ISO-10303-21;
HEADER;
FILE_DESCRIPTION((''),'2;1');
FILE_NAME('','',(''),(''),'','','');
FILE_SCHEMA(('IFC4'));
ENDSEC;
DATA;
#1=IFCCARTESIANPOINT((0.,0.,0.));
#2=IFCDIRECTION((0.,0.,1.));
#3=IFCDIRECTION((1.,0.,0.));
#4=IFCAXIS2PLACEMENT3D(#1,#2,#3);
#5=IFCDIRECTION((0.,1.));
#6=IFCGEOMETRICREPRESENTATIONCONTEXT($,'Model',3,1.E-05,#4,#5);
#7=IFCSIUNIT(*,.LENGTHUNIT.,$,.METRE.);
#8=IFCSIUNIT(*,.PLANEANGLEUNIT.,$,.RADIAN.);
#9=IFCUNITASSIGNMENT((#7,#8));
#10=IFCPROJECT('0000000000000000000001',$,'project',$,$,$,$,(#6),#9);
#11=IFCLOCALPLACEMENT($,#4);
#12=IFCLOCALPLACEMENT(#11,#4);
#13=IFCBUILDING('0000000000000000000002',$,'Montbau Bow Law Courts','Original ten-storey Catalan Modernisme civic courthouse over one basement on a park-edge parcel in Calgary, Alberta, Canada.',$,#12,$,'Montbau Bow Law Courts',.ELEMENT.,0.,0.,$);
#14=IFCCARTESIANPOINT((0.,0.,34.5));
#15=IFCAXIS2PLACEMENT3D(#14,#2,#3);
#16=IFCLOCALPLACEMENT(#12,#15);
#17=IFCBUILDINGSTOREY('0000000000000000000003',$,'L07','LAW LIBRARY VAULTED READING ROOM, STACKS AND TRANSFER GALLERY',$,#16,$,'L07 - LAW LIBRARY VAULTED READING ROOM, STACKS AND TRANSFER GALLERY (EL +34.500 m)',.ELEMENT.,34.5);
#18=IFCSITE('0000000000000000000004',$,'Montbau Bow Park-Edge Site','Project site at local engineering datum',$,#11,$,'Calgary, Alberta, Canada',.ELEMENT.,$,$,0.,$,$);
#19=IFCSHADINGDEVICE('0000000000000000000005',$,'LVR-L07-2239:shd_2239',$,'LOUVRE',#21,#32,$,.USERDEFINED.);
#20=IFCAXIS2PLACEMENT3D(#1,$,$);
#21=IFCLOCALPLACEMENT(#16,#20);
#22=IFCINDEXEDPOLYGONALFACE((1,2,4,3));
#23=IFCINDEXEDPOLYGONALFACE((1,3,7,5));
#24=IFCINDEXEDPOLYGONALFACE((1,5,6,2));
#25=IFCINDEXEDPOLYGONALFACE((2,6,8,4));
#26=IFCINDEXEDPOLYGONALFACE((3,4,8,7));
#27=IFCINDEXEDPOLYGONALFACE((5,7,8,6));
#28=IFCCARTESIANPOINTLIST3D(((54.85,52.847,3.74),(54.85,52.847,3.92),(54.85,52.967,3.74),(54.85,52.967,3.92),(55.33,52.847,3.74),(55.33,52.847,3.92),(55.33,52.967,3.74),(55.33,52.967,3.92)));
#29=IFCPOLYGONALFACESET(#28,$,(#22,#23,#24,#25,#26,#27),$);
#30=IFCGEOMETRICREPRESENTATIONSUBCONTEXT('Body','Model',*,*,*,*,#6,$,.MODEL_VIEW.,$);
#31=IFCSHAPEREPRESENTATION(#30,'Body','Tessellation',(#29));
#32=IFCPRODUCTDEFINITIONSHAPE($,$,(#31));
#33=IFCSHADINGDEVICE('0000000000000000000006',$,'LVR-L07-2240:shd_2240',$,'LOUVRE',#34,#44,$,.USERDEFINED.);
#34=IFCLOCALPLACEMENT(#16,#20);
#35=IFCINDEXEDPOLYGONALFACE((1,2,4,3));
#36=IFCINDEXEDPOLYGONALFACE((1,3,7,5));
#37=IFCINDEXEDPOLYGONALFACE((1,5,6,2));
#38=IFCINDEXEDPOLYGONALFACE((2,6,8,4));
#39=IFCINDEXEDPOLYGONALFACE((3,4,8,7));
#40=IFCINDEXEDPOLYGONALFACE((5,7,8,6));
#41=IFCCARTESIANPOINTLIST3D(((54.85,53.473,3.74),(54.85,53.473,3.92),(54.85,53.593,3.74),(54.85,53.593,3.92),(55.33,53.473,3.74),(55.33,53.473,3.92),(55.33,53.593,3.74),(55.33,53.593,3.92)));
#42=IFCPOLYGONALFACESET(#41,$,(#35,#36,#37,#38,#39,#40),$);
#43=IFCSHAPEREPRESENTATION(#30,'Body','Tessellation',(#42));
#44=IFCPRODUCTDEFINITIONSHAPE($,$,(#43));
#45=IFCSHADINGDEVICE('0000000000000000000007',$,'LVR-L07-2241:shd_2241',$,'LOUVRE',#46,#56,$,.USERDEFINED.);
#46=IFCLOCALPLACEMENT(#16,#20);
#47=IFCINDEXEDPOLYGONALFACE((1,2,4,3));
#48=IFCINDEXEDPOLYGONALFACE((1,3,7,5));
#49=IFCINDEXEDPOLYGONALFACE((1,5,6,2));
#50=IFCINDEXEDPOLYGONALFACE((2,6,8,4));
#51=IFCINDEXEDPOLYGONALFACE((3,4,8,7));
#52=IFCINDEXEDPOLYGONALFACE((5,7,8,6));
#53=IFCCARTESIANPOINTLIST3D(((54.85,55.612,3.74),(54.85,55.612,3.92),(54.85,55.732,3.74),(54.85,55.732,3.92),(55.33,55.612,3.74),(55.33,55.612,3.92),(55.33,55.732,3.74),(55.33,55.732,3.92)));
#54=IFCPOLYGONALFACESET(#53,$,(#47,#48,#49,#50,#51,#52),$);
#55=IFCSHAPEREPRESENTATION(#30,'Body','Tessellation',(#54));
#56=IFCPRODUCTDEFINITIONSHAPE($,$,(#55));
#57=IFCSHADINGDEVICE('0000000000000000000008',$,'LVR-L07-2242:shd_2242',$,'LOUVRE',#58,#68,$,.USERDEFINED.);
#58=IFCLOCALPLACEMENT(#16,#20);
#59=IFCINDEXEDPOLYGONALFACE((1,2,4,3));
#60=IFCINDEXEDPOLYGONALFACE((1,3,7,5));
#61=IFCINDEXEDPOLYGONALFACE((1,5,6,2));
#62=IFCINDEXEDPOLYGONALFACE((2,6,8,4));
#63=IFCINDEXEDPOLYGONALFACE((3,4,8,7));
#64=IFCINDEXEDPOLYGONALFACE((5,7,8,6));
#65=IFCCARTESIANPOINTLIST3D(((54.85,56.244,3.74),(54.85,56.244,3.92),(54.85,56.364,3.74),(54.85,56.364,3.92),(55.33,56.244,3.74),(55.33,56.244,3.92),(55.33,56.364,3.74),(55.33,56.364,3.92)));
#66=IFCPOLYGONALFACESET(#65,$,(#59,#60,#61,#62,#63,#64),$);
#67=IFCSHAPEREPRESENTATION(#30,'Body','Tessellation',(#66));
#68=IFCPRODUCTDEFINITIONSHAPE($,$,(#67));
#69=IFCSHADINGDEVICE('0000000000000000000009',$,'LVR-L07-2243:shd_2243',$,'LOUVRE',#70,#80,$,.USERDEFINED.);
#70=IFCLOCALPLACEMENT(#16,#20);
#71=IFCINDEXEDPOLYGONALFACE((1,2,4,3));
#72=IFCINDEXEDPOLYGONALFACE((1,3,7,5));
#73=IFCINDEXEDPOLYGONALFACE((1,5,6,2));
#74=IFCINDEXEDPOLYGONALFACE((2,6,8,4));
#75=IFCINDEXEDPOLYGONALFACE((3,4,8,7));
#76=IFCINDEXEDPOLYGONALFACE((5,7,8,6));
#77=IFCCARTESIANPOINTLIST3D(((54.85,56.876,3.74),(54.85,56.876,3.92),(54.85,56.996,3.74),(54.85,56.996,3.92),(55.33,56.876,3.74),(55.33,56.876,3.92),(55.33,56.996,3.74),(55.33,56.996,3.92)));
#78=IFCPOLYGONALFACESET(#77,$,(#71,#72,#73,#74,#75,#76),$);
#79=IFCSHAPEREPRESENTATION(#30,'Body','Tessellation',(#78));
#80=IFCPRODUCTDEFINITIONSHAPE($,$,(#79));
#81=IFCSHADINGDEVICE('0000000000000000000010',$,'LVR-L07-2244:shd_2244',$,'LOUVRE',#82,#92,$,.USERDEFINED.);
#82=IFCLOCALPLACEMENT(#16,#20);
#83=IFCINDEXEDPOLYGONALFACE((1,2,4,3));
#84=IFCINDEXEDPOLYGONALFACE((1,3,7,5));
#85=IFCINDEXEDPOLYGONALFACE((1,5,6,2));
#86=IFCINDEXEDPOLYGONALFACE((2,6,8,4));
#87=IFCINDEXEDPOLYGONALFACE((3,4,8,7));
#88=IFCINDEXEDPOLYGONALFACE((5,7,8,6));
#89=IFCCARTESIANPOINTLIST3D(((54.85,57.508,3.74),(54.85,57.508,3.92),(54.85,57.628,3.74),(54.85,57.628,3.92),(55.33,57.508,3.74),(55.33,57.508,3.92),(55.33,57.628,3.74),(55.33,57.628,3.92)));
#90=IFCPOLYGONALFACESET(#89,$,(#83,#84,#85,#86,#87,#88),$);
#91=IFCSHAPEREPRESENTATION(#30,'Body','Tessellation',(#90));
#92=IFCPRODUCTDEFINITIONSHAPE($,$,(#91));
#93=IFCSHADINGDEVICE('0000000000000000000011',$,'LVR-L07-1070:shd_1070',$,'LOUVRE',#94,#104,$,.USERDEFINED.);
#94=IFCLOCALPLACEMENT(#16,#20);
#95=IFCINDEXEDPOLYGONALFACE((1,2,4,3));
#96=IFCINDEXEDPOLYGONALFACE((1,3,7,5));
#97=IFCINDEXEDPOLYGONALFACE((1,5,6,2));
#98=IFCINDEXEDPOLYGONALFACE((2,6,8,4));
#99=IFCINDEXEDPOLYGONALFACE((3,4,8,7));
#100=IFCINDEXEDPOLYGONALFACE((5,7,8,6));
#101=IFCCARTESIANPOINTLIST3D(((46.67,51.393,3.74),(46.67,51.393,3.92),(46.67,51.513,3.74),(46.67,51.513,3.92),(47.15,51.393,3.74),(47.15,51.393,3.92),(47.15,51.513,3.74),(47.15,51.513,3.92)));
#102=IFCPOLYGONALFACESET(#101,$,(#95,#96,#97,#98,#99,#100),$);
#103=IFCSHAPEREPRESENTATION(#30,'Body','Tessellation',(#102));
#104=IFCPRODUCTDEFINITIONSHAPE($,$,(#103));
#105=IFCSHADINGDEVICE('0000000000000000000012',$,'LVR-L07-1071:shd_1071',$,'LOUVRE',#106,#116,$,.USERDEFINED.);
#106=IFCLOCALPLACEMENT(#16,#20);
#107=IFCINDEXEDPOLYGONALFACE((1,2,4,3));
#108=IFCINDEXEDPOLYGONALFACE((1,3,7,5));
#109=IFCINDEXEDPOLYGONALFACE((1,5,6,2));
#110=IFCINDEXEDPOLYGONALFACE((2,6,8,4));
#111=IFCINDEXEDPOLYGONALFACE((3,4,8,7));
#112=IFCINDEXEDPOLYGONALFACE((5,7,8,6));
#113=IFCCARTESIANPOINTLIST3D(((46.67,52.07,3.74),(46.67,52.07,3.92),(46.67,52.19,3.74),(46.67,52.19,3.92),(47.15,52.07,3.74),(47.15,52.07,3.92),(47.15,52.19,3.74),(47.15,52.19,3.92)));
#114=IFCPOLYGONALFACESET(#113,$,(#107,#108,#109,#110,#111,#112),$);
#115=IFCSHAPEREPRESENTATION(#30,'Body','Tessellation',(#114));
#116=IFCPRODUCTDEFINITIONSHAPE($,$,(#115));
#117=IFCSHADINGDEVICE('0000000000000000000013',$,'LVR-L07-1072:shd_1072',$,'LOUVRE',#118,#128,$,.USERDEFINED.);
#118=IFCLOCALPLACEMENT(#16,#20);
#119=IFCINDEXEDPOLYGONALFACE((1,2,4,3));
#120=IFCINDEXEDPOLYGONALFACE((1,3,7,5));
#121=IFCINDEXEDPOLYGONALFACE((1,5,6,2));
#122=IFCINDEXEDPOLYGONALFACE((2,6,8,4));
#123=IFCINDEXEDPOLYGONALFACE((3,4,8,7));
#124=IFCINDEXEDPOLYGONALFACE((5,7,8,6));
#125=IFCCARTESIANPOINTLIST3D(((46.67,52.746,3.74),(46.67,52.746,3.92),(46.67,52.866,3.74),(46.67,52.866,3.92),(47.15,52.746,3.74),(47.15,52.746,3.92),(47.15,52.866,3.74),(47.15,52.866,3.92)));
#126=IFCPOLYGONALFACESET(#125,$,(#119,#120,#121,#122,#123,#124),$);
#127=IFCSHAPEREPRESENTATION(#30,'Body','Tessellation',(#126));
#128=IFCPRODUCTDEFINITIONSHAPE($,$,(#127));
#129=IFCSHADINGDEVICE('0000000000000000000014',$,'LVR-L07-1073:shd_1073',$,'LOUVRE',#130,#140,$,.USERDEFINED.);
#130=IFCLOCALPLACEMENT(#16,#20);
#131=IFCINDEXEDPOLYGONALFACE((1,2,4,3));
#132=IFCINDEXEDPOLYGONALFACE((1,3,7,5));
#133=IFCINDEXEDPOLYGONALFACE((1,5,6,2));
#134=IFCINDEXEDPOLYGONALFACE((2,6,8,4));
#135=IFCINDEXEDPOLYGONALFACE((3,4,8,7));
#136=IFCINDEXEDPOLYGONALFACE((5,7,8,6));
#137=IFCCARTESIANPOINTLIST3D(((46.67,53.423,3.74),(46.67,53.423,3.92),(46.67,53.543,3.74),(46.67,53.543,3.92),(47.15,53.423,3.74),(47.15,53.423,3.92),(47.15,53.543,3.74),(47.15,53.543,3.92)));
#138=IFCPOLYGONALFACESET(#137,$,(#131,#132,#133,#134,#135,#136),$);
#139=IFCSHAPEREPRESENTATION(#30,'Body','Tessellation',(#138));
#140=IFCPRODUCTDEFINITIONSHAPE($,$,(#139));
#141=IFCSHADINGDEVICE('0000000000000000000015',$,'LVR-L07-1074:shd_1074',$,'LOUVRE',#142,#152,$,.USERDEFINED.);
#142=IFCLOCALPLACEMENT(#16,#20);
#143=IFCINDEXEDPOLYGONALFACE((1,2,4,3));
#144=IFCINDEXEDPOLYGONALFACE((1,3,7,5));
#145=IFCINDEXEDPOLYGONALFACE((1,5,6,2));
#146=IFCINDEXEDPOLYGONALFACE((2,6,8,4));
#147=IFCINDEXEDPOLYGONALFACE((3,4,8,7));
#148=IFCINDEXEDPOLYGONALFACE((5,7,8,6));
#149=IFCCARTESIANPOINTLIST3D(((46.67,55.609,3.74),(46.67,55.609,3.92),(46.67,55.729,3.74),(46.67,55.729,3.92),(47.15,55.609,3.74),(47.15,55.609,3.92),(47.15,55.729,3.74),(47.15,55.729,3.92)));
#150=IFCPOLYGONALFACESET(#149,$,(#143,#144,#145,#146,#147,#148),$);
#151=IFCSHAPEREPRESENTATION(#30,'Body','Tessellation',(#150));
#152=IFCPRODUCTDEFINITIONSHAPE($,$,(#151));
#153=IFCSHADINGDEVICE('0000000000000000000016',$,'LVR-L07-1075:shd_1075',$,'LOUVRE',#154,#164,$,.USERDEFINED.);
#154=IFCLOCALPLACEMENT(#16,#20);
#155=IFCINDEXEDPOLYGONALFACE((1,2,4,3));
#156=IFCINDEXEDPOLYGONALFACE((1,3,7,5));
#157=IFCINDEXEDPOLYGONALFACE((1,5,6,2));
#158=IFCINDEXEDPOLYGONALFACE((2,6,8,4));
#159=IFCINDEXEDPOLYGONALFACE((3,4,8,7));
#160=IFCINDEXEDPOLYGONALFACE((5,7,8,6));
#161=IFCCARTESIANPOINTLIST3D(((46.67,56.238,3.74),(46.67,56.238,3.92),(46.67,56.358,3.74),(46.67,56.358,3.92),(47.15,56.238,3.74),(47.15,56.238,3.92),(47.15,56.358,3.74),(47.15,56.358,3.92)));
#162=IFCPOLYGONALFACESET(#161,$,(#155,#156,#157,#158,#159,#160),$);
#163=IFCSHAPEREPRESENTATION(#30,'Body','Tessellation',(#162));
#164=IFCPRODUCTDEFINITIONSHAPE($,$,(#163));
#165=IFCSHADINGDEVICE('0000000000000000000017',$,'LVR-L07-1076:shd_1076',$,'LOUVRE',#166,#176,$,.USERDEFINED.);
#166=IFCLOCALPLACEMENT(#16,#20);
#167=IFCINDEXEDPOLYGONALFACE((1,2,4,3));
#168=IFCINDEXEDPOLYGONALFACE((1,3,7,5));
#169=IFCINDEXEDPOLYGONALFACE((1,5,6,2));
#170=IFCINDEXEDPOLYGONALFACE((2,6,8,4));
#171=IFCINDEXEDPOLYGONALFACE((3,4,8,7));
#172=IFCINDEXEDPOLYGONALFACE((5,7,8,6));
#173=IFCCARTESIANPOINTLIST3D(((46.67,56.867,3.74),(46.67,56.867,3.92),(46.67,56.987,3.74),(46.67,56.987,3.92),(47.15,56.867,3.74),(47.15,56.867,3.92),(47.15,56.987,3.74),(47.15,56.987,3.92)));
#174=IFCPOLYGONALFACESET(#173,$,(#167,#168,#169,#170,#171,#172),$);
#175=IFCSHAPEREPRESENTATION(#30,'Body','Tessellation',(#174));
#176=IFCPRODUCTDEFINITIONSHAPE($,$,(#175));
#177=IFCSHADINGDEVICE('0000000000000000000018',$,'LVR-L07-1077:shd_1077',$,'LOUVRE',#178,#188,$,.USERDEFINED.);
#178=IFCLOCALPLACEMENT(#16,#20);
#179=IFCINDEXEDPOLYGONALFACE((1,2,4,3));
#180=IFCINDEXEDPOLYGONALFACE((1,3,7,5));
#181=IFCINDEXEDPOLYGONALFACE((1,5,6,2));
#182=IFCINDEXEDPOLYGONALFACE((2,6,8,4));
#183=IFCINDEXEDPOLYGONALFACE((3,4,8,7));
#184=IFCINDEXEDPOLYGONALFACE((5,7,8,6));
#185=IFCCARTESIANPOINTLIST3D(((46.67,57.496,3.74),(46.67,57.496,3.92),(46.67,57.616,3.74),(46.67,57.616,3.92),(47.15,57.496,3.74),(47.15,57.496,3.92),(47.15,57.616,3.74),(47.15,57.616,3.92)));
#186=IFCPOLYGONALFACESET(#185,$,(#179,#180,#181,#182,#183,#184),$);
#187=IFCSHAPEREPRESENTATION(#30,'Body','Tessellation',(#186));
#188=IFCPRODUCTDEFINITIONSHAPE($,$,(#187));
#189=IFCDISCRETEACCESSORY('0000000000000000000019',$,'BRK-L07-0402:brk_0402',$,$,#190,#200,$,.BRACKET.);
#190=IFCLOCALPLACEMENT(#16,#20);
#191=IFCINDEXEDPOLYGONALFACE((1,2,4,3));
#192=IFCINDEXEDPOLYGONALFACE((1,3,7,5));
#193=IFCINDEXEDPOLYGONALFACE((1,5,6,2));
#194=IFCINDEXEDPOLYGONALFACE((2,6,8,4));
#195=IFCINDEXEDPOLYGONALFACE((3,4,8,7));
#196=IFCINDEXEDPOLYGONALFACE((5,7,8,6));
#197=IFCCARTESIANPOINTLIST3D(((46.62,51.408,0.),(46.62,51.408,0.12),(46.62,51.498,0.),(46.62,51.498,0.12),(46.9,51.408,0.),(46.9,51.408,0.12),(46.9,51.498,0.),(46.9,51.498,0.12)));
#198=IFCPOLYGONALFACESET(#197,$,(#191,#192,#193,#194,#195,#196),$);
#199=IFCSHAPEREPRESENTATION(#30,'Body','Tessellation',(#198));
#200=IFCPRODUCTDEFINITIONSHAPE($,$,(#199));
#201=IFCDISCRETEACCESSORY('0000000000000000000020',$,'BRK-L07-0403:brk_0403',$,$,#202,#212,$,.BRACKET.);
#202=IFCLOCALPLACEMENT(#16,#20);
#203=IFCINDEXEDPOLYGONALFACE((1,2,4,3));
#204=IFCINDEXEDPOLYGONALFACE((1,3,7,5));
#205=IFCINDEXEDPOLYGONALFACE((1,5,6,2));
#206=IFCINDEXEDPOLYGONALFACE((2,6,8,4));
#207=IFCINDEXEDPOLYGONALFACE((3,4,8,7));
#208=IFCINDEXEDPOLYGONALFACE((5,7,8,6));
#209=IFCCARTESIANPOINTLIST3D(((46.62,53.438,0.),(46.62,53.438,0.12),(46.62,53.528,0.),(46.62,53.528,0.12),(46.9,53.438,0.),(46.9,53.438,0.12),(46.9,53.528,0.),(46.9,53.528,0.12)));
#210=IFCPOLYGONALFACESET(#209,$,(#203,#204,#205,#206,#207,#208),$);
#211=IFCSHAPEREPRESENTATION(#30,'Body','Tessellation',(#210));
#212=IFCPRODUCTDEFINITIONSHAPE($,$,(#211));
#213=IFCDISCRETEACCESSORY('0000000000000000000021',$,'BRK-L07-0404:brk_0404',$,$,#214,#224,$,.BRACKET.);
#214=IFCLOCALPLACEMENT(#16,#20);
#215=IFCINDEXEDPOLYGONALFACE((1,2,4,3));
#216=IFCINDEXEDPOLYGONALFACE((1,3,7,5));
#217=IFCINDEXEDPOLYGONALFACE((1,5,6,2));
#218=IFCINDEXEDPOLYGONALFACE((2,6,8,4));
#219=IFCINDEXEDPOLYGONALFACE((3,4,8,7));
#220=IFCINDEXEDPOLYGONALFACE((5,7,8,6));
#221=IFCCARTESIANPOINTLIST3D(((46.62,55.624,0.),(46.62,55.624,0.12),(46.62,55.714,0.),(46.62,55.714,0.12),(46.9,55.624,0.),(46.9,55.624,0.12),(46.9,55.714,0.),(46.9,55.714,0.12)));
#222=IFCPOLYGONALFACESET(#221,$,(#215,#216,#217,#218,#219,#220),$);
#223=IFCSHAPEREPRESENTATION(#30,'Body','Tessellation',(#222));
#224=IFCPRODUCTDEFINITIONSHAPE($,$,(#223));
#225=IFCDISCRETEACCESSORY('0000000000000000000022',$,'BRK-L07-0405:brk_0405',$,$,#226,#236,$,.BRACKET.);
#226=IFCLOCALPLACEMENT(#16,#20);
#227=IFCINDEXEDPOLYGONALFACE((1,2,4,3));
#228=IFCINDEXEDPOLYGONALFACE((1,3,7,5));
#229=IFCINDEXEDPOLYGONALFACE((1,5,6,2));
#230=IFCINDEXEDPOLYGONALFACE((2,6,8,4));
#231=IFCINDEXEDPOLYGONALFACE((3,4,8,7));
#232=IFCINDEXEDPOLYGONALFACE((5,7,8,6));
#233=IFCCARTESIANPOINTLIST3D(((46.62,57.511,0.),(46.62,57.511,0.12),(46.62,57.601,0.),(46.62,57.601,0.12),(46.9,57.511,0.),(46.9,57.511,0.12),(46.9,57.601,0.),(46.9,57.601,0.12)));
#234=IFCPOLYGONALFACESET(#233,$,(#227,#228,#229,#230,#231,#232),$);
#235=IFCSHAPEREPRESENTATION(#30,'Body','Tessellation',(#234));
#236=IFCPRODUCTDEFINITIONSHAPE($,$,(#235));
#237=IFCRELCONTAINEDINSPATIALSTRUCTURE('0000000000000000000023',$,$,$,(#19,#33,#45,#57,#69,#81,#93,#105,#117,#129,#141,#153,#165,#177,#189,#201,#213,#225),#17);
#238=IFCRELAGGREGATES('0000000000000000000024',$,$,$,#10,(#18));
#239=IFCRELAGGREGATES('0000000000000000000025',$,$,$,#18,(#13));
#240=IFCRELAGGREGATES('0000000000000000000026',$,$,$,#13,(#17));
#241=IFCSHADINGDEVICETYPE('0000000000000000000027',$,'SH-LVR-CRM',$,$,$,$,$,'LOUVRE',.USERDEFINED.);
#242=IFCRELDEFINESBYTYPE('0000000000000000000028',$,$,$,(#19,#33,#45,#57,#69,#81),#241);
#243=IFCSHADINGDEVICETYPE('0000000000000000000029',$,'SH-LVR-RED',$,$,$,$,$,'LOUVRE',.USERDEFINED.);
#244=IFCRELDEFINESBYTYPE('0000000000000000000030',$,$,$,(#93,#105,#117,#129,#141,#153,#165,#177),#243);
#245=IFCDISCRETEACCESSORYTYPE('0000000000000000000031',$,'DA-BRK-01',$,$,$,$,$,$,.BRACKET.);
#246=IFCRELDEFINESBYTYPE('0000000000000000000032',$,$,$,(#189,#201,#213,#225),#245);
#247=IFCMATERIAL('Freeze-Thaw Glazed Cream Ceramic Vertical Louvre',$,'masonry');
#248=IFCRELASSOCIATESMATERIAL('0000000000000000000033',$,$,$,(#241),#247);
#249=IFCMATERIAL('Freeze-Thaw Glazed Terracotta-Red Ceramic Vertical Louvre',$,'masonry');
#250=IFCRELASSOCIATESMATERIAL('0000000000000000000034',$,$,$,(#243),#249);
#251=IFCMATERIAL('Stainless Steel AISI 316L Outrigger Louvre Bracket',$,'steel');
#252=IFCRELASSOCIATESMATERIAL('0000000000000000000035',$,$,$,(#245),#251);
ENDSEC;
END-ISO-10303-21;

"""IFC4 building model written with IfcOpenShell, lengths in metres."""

from ifc_helpers import new_model, si_unit, direction, frame, origin_with_axes, origin_2d_with_axis, place, context, subcontext, project, spatial, rectangle, extrude, material, type_object, element, save


model = new_model("IFC4")

# Units and contexts
model_context = context("Model", 3, precision=1e-05, world=origin_with_axes(), true_north=direction((0.0, 1.0)))
body_context = subcontext(model_context, "Body", "Model", "MODEL_VIEW")
ifc_project = project(units=[si_unit("LENGTHUNIT", "METRE"), si_unit("PLANEANGLEUNIT", "RADIAN")], contexts=[model_context])

# Site, building, storey
site_placement = place(None, origin_with_axes())
site = spatial("IfcSite", under=ifc_project, at=site_placement, Name="Montbau Bow Park-Edge Site", Description="Project site at local engineering datum", LongName="Calgary, Alberta, Canada", CompositionType="ELEMENT", RefElevation=0.0)
building_placement = place(site_placement, origin_with_axes())
building = spatial("IfcBuilding", under=site, at=building_placement, Name="Montbau Bow Law Courts", Description="Original ten-storey Catalan Modernisme civic courthouse over one basement on a park-edge parcel in Calgary, Alberta, Canada.", LongName="Montbau Bow Law Courts", CompositionType="ELEMENT", ElevationOfRefHeight=0.0, ElevationOfTerrain=0.0)
storey_placement = place(building_placement, frame((0.0, 0.0, 34.5), z_axis=(0.0, 0.0, 1.0), x_axis=(1.0, 0.0, 0.0)))
storey = spatial("IfcBuildingStorey", under=building, at=storey_placement, Name="L07", Description="LAW LIBRARY VAULTED READING ROOM, STACKS AND TRANSFER GALLERY", LongName="L07 - LAW LIBRARY VAULTED READING ROOM, STACKS AND TRANSFER GALLERY (EL +34.500 m)", CompositionType="ELEMENT", Elevation=34.5)

# Shared definitions
ifc_material_1 = material(Name="Freeze-Thaw Glazed Terracotta-Red Ceramic Vertical Louvre", Category="masonry")

# Shading devices
ifc_material_2 = material(Name="Freeze-Thaw Glazed Cream Ceramic Vertical Louvre", Category="masonry")
shading_device_type_1 = type_object("IfcShadingDeviceType", Name="SH-LVR-CRM", ElementType="LOUVRE", PredefinedType="USERDEFINED", material=ifc_material_2)
for number, where, z_axis, x_axis, name in (
    (1, (55.09, 52.907, 38.24), (0.0, 0.0, 1.0), (-1.0, 0.0, 0.0), "LVR-L07-2239:shd_2239"),
    (2, (55.09, 53.533, 38.24), (0.0, 0.0, 1.0), (-1.0, 0.0, 0.0), "LVR-L07-2240:shd_2240"),
    (3, (55.09, 55.672, 38.24), (0.0, 0.0, 1.0), (-1.0, 0.0, 0.0), "LVR-L07-2241:shd_2241"),
    (4, (55.09, 56.304, 38.24), (0.0, 0.0, 1.0), (-1.0, 0.0, 0.0), "LVR-L07-2242:shd_2242"),
    (5, (55.09, 56.936, 38.24), (0.0, 0.0, 1.0), (-1.0, 0.0, 0.0), "LVR-L07-2243:shd_2243"),
    (6, (55.09, 57.568, 38.24), (0.0, 0.0, 1.0), (-1.0, 0.0, 0.0), "LVR-L07-2244:shd_2244"),
):
    element("IfcShadingDevice", number, at=place(None, frame(where, z_axis=z_axis, x_axis=x_axis)), inside=storey, type_object=shading_device_type_1, Name=name, ObjectType="LOUVRE", PredefinedType="USERDEFINED", context=body_context, shape_type="SweptSolid", body=[
        extrude(rectangle(XDim=0.48, YDim=0.12, at=origin_2d_with_axis()), origin_with_axes(), (0.0, 0.0, 1.0), 0.18),
    ])
shading_device_type_2 = type_object("IfcShadingDeviceType", Name="SH-LVR-RED", ElementType="LOUVRE", PredefinedType="USERDEFINED", material=ifc_material_1)
for number, where, z_axis, x_axis, name in (
    (7, (46.91, 51.453, 38.24), (0.0, 0.0, 1.0), (1.0, 0.0, 0.0), "LVR-L07-1070:shd_1070"),
    (8, (46.91, 52.13, 38.24), (0.0, 0.0, 1.0), (1.0, 0.0, 0.0), "LVR-L07-1071:shd_1071"),
    (9, (46.91, 52.806, 38.24), (0.0, 0.0, 1.0), (1.0, 0.0, 0.0), "LVR-L07-1072:shd_1072"),
    (10, (46.91, 53.483, 38.24), (0.0, 0.0, 1.0), (1.0, 0.0, 0.0), "LVR-L07-1073:shd_1073"),
    (11, (46.91, 55.669, 38.24), (0.0, 0.0, 1.0), (1.0, 0.0, 0.0), "LVR-L07-1074:shd_1074"),
    (12, (46.91, 56.298, 38.24), (0.0, 0.0, 1.0), (1.0, 0.0, 0.0), "LVR-L07-1075:shd_1075"),
    (13, (46.91, 56.927, 38.24), (0.0, 0.0, 1.0), (1.0, 0.0, 0.0), "LVR-L07-1076:shd_1076"),
    (14, (46.91, 57.556, 38.24), (0.0, 0.0, 1.0), (1.0, 0.0, 0.0), "LVR-L07-1077:shd_1077"),
):
    element("IfcShadingDevice", number, at=place(None, frame(where, z_axis=z_axis, x_axis=x_axis)), inside=storey, type_object=shading_device_type_2, Name=name, ObjectType="LOUVRE", PredefinedType="USERDEFINED", context=body_context, shape_type="SweptSolid", body=[
        extrude(rectangle(XDim=0.48, YDim=0.12, at=origin_2d_with_axis()), origin_with_axes(), (0.0, 0.0, 1.0), 0.18),
    ])

# Discrete accessories
ifc_material_3 = material(Name="Stainless Steel AISI 316L Outrigger Louvre Bracket", Category="steel")
discrete_accessory_type = type_object("IfcDiscreteAccessoryType", Name="DA-BRK-01", PredefinedType="BRACKET", material=ifc_material_3)
for number, where, z_axis, x_axis, name in (
    (15, (46.76, 51.453, 34.5), (0.0, 0.0, 1.0), (1.0, 0.0, 0.0), "BRK-L07-0402:brk_0402"),
    (16, (46.76, 53.483, 34.5), (0.0, 0.0, 1.0), (1.0, 0.0, 0.0), "BRK-L07-0403:brk_0403"),
    (17, (46.76, 55.669, 34.5), (0.0, 0.0, 1.0), (1.0, 0.0, 0.0), "BRK-L07-0404:brk_0404"),
    (18, (46.76, 57.556, 34.5), (0.0, 0.0, 1.0), (1.0, 0.0, 0.0), "BRK-L07-0405:brk_0405"),
):
    element("IfcDiscreteAccessory", number, at=place(None, frame(where, z_axis=z_axis, x_axis=x_axis)), inside=storey, type_object=discrete_accessory_type, Name=name, PredefinedType="BRACKET", context=body_context, shape_type="SweptSolid", body=[
        extrude(rectangle(XDim=0.28, YDim=0.09, at=origin_2d_with_axis()), origin_with_axes(), (0.0, 0.0, 1.0), 0.12),
    ])

save(model, "model.ifc")
